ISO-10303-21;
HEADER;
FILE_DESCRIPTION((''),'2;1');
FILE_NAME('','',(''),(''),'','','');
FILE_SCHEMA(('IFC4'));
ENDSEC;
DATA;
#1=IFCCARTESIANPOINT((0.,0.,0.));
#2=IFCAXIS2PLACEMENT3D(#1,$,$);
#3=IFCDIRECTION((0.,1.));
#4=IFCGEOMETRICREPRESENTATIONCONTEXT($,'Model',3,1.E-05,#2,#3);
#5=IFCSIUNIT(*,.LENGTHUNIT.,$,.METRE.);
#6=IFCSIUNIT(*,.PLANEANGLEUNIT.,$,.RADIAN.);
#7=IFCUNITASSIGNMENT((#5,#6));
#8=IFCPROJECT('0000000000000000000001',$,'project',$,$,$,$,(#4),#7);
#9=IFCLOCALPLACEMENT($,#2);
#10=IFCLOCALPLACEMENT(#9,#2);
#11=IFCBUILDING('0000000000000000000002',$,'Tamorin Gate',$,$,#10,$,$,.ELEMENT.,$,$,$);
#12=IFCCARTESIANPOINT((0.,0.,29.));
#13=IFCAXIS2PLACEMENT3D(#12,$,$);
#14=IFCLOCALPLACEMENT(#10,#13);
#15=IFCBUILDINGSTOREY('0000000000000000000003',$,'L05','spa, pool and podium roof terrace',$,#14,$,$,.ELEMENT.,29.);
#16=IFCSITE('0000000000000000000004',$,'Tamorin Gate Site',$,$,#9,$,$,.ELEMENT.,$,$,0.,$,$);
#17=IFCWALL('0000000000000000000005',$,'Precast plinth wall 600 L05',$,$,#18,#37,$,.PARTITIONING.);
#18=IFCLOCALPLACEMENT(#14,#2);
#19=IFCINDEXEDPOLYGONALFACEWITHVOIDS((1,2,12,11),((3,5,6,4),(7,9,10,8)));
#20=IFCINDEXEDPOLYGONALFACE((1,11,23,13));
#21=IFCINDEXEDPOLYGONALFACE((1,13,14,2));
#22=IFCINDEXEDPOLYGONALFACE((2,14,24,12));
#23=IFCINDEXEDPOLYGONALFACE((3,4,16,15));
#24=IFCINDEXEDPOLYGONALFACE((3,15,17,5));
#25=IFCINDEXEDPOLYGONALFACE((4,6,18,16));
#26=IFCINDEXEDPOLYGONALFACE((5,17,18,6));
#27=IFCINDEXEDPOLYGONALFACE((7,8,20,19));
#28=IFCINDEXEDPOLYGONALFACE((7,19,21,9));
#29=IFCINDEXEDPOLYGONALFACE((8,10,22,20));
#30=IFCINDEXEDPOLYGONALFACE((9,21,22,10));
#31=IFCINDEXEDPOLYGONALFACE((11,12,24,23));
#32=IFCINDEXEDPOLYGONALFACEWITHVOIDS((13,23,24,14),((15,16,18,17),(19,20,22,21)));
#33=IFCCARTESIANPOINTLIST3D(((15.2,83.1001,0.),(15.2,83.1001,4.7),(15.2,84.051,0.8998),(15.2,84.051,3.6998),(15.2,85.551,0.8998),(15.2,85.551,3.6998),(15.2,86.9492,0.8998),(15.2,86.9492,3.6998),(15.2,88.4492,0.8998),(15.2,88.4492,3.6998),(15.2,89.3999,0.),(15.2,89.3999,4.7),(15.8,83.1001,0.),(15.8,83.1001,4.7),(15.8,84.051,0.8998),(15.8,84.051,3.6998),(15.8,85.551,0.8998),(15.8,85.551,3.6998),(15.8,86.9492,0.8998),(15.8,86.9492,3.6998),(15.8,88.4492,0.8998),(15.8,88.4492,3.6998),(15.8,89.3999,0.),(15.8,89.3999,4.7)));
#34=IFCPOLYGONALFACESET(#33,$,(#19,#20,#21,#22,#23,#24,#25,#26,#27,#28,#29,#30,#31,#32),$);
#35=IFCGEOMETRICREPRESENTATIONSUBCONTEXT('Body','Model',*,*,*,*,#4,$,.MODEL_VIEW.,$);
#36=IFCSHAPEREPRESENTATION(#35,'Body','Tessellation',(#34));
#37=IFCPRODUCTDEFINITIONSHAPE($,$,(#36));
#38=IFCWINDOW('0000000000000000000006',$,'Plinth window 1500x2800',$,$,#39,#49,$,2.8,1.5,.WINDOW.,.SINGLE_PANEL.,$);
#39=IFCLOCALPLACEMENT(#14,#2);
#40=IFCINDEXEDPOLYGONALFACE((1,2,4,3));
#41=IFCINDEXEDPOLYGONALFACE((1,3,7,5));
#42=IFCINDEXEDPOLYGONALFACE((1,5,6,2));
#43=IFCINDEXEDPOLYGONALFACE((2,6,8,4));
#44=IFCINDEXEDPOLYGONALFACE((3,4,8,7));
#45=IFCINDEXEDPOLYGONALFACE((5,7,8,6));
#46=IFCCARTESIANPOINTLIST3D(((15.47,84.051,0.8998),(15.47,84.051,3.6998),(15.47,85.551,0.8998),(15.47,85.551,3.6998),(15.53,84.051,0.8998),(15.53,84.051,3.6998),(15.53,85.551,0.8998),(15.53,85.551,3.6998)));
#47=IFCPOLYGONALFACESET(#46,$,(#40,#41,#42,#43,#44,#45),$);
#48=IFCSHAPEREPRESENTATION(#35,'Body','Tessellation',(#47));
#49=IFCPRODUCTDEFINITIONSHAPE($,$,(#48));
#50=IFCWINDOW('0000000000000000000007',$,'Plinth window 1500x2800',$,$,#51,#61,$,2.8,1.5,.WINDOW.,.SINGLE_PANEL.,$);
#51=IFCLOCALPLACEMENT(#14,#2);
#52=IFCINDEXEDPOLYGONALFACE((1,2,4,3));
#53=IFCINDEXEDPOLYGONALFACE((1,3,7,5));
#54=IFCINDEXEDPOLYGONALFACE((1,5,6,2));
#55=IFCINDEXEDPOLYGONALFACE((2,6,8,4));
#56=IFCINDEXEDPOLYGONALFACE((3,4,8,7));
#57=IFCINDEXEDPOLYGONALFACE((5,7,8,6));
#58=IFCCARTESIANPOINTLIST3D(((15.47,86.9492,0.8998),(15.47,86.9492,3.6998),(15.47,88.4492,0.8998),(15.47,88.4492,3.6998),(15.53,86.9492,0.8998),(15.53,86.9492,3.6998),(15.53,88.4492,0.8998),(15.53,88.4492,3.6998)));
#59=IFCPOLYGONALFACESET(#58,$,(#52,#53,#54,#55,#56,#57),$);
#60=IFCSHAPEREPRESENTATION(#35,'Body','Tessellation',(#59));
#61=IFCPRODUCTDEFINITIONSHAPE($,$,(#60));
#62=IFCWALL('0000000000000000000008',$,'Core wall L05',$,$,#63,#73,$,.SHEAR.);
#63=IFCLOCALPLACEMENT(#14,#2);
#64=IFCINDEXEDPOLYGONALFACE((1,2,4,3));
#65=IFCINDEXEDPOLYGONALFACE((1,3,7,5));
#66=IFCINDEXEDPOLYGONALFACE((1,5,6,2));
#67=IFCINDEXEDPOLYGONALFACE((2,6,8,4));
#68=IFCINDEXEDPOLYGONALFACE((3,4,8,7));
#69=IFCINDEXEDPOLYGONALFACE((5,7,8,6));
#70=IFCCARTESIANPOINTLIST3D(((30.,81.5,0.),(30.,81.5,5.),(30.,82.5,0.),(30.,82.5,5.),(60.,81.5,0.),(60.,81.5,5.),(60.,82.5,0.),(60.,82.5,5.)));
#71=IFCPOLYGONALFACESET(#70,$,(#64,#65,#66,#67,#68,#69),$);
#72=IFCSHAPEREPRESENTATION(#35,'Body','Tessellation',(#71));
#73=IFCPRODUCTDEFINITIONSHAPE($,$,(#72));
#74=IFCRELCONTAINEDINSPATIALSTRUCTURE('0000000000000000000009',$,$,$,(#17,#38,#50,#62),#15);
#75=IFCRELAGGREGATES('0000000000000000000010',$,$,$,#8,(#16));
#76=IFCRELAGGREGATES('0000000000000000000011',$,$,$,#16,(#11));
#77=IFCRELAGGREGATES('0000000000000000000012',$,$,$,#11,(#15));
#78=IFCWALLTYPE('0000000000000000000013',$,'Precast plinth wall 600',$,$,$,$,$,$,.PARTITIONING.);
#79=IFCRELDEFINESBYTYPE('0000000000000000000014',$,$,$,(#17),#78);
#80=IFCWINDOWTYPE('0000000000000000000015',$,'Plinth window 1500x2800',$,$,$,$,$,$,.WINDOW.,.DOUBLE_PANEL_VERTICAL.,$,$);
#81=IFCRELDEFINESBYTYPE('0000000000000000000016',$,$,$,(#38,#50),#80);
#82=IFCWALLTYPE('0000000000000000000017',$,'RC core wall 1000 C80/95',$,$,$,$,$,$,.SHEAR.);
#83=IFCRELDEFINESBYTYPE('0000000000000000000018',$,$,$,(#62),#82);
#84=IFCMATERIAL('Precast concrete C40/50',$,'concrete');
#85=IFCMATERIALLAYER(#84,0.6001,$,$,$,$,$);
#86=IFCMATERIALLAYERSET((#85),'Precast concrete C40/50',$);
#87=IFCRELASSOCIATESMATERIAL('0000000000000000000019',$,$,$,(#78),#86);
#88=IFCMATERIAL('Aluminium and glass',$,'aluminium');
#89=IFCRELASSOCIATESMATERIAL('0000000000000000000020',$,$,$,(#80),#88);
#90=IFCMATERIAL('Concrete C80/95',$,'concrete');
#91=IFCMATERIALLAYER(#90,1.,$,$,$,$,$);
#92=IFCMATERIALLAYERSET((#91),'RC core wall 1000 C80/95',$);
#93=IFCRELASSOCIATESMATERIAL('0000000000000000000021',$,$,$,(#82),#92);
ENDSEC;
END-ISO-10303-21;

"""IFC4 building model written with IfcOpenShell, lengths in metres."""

from ifc_helpers import new_model, si_unit, direction, frame, frame_2d, origin, place, context, subcontext, project, spatial, rectangle, extrude, material, layer, layer_set, type_object, element, fill, save


model = new_model("IFC4")

# Units and contexts
model_context = context("Model", 3, precision=1e-05, world=origin(), true_north=direction((0.0, 1.0)))
body_context = subcontext(model_context, "Body", "Model", "MODEL_VIEW")
ifc_project = project(units=[si_unit("LENGTHUNIT", "METRE"), si_unit("PLANEANGLEUNIT", "RADIAN")], contexts=[model_context])

# Site, building, storey
site_placement = place(None, origin())
site = spatial("IfcSite", under=ifc_project, at=site_placement, Name="Tamorin Gate Site", CompositionType="ELEMENT", RefElevation=0.0)
building_placement = place(site_placement, origin())
building = spatial("IfcBuilding", under=site, at=building_placement, Name="Tamorin Gate", CompositionType="ELEMENT")
storey_placement = place(building_placement, frame((0.0, 0.0, 29.0)))
storey = spatial("IfcBuildingStorey", under=building, at=storey_placement, Name="L05", Description="spa, pool and podium roof terrace", CompositionType="ELEMENT", Elevation=29.0)

# Shared definitions
ifc_material_1 = material(Name="Concrete C80/95", Category="concrete")

# Wall, openings, windows
ifc_material_2 = material(Name="Precast concrete C40/50", Category="concrete")
ifc_layer_1 = layer(ifc_material_2, 0.6001)
ifc_layer_set_1 = layer_set([ifc_layer_1], Name="Precast concrete C40/50")
wall_type_1 = type_object("IfcWallType", Name="Precast plinth wall 600", PredefinedType="PARTITIONING", material=ifc_layer_set_1)
wall_1_placement = place(storey_placement, frame((15.5, 83.1001, 0.0), z_axis=(0.0, 0.0, 1.0), x_axis=(0.0, 1.0, 0.0)))
wall_1 = element("IfcWall", 1, at=wall_1_placement, inside=storey, type_object=wall_type_1, Name="Precast plinth wall 600 L05", PredefinedType="PARTITIONING", context=body_context, shape_type="SweptSolid", body=[
    extrude(rectangle(XDim=6.2998, YDim=0.6001, at=frame_2d((3.1499, 0.0))), origin(), (0.0, 0.0, 1.0), 4.7),
])
opening_1_placement = place(wall_1_placement, frame((0.9509, 0.0, 0.8999)))
opening_1 = element("IfcOpeningElement", 2, at=opening_1_placement, cuts=wall_1, PredefinedType="OPENING", context=body_context, shape_type="SweptSolid", body=[
    extrude(rectangle(XDim=1.5, YDim=2.8, at=frame_2d((0.75, 1.3999))), frame((0.0, 0.3101, 0.0), z_axis=(0.0, -1.0, 0.0), x_axis=(1.0, 0.0, 0.0)), (0.0, 0.0, 1.0), 0.6201),
])
opening_2_placement = place(wall_1_placement, frame((3.8491, 0.0, 0.8999)))
opening_2 = element("IfcOpeningElement", 3, at=opening_2_placement, cuts=wall_1, PredefinedType="OPENING", context=body_context, shape_type="SweptSolid", body=[
    extrude(rectangle(XDim=1.5, YDim=2.8, at=frame_2d((0.75, 1.3999))), frame((0.0, 0.3101, 0.0), z_axis=(0.0, -1.0, 0.0), x_axis=(1.0, 0.0, 0.0)), (0.0, 0.0, 1.0), 0.6201),
])
ifc_material_3 = material(Name="Aluminium and glass", Category="aluminium")
window_type = type_object("IfcWindowType", Name="Plinth window 1500x2800", PartitioningType="DOUBLE_PANEL_VERTICAL", PredefinedType="WINDOW", material=ifc_material_3)
window_1_placement = place(opening_1_placement, origin())
window_1 = element("IfcWindow", 4, at=window_1_placement, inside=storey, type_object=window_type, Name="Plinth window 1500x2800", OverallHeight=2.8, OverallWidth=1.5, PartitioningType="SINGLE_PANEL", PredefinedType="WINDOW", context=body_context, shape_type="SweptSolid", body=[
    extrude(rectangle(XDim=1.5, YDim=2.8, at=frame_2d((0.75, 1.3999))), frame((0.0, 0.03, 0.0), z_axis=(0.0, -1.0, 0.0), x_axis=(1.0, 0.0, 0.0)), (0.0, 0.0, 1.0), 0.0601),
])
fill(opening_1, window_1)
window_2_placement = place(opening_2_placement, origin())
window_2 = element("IfcWindow", 5, at=window_2_placement, inside=storey, type_object=window_type, Name="Plinth window 1500x2800", OverallHeight=2.8, OverallWidth=1.5, PartitioningType="SINGLE_PANEL", PredefinedType="WINDOW", context=body_context, shape_type="SweptSolid", body=[
    extrude(rectangle(XDim=1.5, YDim=2.8, at=frame_2d((0.75, 1.3999))), frame((0.0, 0.03, 0.0), z_axis=(0.0, -1.0, 0.0), x_axis=(1.0, 0.0, 0.0)), (0.0, 0.0, 1.0), 0.0601),
])
fill(opening_2, window_2)

# Wall
ifc_layer_2 = layer(ifc_material_1, 1.0)
ifc_layer_set_2 = layer_set([ifc_layer_2], Name="RC core wall 1000 C80/95")
wall_type_2 = type_object("IfcWallType", Name="RC core wall 1000 C80/95", PredefinedType="SHEAR", material=ifc_layer_set_2)
wall_2_placement = place(storey_placement, frame((30.0, 82.0, 0.0), z_axis=(0.0, 0.0, 1.0), x_axis=(1.0, 0.0, 0.0)))
element("IfcWall", 6, at=wall_2_placement, inside=storey, type_object=wall_type_2, Name="Core wall L05", PredefinedType="SHEAR", context=body_context, shape_type="SweptSolid", body=[
    extrude(rectangle(XDim=30.0, YDim=1.0, at=frame_2d((15.0, 0.0))), origin(), (0.0, 0.0, 1.0), 5.0),
])

save(model, "model.ifc")
